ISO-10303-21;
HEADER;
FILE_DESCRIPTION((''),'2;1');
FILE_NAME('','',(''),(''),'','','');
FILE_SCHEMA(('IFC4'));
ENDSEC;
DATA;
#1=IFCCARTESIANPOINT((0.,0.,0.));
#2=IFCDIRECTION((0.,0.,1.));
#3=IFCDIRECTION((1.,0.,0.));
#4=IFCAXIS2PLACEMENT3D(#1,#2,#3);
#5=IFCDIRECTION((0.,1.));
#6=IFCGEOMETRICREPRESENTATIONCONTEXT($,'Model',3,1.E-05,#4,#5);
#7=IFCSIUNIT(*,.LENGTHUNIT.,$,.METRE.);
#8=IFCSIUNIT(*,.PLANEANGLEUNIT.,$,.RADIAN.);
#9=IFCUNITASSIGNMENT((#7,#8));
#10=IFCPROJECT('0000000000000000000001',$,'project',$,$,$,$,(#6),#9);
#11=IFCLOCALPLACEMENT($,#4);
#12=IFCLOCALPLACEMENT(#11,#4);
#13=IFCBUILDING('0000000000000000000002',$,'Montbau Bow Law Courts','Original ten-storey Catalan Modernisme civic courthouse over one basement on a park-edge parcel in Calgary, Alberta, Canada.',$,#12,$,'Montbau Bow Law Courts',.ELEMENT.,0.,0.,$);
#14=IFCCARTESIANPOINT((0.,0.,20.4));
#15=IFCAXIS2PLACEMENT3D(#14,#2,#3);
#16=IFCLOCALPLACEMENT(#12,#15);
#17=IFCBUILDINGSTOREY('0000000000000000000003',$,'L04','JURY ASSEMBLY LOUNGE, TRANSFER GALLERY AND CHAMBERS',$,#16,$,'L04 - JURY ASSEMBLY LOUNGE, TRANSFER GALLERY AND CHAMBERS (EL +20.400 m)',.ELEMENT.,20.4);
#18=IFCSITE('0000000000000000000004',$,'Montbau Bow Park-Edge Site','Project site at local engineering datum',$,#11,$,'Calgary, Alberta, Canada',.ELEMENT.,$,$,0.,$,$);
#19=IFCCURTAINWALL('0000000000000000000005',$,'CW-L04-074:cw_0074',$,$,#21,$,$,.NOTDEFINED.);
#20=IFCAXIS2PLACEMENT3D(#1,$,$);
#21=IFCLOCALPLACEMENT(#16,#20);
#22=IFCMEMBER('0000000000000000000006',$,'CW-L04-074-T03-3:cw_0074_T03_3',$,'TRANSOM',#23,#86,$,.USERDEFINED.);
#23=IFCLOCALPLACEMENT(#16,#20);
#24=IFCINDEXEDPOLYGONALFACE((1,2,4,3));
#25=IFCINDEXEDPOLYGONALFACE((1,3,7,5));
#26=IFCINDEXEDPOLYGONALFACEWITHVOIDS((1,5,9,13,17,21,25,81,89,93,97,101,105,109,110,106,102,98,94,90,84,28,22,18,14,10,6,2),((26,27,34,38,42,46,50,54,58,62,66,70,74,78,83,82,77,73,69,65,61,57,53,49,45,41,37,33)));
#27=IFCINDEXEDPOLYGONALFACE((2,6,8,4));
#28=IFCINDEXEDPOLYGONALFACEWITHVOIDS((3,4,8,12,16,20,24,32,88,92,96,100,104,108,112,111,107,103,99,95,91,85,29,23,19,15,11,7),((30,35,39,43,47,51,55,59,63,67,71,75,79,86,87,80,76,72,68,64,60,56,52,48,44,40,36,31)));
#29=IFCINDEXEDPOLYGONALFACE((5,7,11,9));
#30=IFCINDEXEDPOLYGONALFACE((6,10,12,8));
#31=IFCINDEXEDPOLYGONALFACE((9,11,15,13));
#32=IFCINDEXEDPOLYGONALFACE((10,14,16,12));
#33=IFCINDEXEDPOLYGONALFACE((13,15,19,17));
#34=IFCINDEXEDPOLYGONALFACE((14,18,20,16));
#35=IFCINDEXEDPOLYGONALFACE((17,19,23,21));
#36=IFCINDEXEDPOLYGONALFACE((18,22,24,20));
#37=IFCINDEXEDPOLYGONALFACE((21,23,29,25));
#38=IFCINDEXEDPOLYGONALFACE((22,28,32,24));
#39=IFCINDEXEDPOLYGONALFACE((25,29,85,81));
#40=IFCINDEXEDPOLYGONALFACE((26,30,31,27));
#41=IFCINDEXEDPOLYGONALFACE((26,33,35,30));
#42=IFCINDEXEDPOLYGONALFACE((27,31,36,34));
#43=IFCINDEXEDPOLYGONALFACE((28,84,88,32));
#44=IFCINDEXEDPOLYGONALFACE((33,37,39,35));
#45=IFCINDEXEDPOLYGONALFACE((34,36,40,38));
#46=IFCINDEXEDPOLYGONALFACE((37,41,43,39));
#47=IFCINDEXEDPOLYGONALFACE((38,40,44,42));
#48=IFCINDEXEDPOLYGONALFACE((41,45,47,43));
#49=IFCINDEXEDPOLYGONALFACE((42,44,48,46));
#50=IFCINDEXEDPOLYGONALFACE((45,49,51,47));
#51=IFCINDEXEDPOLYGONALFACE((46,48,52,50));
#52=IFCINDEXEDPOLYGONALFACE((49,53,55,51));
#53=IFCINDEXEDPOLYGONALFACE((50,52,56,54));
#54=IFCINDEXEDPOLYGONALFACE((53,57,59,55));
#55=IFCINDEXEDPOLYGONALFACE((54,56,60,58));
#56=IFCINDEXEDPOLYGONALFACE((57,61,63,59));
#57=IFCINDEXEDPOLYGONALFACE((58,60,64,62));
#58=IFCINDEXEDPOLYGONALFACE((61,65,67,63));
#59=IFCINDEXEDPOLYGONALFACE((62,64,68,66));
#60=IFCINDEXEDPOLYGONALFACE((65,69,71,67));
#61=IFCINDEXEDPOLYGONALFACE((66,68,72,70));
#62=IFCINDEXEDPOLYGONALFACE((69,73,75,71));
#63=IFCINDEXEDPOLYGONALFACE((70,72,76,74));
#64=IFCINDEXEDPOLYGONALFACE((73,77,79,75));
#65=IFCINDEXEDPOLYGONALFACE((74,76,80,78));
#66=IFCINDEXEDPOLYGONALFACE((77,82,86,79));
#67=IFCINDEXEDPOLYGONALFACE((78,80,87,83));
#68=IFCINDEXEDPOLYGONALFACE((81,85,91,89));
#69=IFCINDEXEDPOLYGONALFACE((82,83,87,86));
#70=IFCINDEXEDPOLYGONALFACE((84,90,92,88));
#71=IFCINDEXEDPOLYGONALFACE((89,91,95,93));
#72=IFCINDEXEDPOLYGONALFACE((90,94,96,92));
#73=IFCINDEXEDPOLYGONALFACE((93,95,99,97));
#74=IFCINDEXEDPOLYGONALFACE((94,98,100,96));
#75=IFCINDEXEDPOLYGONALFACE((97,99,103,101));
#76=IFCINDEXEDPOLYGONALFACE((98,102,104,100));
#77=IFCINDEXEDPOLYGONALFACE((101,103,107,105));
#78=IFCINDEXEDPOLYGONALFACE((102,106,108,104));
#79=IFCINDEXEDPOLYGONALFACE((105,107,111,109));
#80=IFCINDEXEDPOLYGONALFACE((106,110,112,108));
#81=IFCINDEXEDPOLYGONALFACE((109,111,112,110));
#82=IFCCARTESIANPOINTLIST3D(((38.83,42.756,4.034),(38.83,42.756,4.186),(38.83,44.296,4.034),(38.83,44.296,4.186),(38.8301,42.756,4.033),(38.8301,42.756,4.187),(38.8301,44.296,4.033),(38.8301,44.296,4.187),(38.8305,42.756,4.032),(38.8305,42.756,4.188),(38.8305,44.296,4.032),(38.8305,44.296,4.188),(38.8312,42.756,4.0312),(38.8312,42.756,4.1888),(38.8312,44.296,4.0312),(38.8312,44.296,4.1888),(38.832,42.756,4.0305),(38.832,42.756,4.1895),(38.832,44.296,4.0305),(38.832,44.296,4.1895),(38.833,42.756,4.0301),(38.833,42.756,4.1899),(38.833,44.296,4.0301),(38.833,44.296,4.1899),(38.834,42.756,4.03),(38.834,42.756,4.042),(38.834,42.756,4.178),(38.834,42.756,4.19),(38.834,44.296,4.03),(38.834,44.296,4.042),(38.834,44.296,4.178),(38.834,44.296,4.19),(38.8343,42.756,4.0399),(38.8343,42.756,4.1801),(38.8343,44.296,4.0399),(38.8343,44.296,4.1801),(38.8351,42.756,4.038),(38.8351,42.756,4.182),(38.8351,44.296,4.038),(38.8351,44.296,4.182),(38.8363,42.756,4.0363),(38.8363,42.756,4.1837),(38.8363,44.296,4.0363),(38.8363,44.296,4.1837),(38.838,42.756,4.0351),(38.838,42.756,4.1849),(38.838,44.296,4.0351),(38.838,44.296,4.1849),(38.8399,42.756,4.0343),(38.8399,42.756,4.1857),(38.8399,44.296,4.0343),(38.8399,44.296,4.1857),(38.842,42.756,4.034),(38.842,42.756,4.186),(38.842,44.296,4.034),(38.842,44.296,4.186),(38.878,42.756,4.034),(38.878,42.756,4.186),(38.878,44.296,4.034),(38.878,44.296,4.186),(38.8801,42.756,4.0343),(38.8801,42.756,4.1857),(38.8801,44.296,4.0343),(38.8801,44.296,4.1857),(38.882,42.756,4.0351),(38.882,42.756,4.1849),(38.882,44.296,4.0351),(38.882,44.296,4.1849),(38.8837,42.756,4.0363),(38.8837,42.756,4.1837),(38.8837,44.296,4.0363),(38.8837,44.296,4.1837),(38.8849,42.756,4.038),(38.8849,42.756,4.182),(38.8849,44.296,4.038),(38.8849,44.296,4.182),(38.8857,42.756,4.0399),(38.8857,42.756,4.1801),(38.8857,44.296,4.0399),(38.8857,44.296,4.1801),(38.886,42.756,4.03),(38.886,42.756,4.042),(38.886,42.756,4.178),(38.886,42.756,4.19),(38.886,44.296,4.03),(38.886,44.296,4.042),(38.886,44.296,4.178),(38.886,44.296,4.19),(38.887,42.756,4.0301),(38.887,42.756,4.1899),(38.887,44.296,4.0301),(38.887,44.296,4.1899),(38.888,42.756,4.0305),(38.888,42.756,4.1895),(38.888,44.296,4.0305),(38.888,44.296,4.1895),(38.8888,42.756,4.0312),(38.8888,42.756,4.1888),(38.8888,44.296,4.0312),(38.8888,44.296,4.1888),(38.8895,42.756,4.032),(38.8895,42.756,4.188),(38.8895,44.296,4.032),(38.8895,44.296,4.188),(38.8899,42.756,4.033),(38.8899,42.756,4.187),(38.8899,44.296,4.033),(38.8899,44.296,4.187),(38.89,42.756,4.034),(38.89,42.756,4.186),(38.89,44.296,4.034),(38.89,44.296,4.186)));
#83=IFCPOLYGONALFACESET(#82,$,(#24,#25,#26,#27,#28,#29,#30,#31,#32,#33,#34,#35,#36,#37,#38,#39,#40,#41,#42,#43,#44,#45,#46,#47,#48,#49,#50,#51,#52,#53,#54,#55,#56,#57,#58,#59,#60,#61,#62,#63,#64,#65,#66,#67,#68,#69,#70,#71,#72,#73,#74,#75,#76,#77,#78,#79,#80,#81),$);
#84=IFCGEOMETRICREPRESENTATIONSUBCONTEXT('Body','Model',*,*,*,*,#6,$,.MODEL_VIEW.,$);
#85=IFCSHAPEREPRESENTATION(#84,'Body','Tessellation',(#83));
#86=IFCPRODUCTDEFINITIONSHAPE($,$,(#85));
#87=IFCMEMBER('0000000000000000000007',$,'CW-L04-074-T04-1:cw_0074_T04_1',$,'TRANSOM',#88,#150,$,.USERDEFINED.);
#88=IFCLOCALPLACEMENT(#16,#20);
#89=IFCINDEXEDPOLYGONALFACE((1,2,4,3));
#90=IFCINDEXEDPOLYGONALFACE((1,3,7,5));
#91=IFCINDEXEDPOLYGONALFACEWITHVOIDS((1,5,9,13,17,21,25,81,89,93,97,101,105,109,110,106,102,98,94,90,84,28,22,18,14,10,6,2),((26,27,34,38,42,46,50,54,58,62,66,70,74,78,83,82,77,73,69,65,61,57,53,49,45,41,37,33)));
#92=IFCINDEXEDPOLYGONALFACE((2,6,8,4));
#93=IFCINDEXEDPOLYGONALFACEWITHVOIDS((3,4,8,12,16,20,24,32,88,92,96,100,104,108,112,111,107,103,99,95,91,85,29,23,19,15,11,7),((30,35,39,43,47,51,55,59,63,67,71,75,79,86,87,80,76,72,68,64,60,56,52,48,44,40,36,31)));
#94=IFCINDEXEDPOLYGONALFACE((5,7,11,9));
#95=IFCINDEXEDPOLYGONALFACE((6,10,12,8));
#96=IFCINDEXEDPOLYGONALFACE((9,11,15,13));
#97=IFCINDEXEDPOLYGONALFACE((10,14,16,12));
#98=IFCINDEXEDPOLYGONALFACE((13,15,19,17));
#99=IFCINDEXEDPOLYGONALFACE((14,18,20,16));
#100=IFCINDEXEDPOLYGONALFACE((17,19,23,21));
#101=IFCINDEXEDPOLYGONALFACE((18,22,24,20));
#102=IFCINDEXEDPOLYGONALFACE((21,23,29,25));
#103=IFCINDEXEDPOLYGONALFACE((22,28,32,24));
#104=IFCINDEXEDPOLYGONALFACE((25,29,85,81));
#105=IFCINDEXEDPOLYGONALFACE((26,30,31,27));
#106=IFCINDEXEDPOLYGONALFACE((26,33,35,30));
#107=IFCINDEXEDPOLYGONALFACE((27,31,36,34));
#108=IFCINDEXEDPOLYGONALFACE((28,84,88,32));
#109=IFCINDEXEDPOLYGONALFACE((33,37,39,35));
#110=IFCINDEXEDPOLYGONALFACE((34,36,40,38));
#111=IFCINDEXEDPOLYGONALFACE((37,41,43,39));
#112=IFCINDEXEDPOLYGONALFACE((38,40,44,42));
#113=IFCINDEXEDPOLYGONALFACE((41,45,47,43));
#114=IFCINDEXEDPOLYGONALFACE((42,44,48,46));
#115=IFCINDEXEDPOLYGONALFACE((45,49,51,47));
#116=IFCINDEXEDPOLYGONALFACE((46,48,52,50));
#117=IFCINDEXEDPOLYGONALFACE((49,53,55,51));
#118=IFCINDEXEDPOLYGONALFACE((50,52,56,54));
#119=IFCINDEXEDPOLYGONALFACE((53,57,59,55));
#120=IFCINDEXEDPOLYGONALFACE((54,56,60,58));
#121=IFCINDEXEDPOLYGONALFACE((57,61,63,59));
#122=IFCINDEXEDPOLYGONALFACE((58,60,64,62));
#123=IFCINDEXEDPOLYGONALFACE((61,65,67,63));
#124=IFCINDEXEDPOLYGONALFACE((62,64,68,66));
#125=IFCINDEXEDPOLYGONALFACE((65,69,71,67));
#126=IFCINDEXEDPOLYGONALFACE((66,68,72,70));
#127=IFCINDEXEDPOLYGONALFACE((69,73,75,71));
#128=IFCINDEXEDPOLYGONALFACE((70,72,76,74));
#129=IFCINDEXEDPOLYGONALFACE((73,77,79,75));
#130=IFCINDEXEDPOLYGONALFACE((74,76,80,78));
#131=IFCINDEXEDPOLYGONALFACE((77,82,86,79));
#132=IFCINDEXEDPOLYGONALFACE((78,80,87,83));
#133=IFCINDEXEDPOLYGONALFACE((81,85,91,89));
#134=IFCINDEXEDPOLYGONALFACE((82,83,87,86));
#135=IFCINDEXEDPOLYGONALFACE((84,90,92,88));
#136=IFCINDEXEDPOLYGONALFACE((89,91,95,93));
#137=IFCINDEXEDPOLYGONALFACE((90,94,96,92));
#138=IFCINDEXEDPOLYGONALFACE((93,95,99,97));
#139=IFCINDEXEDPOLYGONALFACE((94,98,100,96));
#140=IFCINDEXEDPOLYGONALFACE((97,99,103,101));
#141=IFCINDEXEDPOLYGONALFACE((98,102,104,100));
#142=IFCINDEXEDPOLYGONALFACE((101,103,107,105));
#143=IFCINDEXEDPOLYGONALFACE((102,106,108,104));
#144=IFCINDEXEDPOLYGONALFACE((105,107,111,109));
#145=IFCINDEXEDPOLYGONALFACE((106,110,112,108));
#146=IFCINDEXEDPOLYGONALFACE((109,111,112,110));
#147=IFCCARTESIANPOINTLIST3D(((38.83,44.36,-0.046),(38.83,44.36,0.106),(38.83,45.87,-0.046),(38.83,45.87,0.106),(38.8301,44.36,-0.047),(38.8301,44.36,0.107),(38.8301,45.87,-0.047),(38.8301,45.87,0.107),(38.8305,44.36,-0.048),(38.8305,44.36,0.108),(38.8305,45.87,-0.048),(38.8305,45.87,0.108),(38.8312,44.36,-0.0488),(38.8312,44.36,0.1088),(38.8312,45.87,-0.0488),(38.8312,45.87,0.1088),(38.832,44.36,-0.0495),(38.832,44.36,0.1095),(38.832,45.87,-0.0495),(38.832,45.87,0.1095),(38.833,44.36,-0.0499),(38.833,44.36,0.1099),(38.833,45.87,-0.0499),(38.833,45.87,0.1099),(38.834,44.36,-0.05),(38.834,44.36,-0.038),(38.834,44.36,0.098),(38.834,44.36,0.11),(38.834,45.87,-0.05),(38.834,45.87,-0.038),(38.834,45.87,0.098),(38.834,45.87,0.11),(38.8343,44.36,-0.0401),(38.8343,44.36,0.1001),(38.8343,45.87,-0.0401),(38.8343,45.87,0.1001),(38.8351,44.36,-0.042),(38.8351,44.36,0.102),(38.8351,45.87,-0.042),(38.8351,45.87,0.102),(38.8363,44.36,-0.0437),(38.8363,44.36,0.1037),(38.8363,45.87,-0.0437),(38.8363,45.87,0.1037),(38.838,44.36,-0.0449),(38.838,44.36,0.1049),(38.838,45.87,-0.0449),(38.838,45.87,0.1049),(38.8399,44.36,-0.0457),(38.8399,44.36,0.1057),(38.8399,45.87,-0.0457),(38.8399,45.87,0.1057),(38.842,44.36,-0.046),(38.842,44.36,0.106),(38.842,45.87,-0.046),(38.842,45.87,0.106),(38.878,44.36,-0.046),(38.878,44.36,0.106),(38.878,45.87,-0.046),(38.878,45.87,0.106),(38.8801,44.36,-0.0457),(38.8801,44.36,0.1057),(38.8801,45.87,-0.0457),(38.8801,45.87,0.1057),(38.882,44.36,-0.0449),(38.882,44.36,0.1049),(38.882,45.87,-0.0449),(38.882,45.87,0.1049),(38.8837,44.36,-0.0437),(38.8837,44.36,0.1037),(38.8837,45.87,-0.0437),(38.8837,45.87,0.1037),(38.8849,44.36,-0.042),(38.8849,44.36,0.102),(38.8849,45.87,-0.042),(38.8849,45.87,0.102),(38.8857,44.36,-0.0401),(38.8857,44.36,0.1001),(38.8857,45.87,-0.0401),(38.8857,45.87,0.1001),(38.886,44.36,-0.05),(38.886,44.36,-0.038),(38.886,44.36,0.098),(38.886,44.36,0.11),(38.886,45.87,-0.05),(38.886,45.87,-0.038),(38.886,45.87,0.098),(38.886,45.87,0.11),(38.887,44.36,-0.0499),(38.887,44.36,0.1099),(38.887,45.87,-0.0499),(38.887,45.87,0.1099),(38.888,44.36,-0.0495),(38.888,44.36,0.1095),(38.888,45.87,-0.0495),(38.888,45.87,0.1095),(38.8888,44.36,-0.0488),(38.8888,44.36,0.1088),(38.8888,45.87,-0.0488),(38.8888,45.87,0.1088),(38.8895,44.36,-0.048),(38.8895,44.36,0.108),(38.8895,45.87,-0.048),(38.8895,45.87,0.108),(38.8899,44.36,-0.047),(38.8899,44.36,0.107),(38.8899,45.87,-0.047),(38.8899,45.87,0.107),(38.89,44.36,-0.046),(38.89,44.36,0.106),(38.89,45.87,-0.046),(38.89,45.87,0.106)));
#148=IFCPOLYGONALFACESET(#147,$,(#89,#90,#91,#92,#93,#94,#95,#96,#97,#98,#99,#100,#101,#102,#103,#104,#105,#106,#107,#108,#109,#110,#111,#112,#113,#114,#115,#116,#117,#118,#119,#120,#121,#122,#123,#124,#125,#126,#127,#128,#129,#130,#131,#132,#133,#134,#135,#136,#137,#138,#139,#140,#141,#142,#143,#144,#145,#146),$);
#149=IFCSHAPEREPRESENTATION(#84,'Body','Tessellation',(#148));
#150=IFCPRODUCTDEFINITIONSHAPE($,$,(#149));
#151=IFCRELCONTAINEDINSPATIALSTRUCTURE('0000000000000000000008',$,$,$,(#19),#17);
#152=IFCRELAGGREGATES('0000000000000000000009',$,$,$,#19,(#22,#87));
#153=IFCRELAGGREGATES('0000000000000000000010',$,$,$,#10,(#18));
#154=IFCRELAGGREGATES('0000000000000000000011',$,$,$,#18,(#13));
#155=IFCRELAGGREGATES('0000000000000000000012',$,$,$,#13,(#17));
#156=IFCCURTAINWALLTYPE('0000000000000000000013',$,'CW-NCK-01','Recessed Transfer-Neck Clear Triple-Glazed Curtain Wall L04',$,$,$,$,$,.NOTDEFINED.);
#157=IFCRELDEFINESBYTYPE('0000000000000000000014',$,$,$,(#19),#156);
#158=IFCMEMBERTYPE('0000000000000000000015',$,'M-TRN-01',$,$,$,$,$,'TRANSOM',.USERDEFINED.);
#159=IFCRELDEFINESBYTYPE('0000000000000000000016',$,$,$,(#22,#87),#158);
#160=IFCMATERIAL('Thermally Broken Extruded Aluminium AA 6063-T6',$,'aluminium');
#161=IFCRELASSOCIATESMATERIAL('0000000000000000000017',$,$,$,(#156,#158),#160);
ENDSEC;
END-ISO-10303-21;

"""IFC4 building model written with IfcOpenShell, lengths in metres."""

from ifc_helpers import new_model, si_unit, direction, frame, origin_with_axes, origin_2d_with_axis, place, context, subcontext, project, spatial, hollow_rectangle, extrude, material, material_profile, profile_set, type_object, element, aggregate, save


model = new_model("IFC4")

# Units and contexts
model_context = context("Model", 3, precision=1e-05, world=origin_with_axes(), true_north=direction((0.0, 1.0)))
body_context = subcontext(model_context, "Body", "Model", "MODEL_VIEW")
ifc_project = project(units=[si_unit("LENGTHUNIT", "METRE"), si_unit("PLANEANGLEUNIT", "RADIAN")], contexts=[model_context])

# Site, building, storey
site_placement = place(None, origin_with_axes())
site = spatial("IfcSite", under=ifc_project, at=site_placement, Name="Montbau Bow Park-Edge Site", Description="Project site at local engineering datum", LongName="Calgary, Alberta, Canada", CompositionType="ELEMENT", RefElevation=0.0)
building_placement = place(site_placement, origin_with_axes())
building = spatial("IfcBuilding", under=site, at=building_placement, Name="Montbau Bow Law Courts", Description="Original ten-storey Catalan Modernisme civic courthouse over one basement on a park-edge parcel in Calgary, Alberta, Canada.", LongName="Montbau Bow Law Courts", CompositionType="ELEMENT", ElevationOfRefHeight=0.0, ElevationOfTerrain=0.0)
storey_placement = place(building_placement, frame((0.0, 0.0, 20.4), z_axis=(0.0, 0.0, 1.0), x_axis=(1.0, 0.0, 0.0)))
storey = spatial("IfcBuildingStorey", under=building, at=storey_placement, Name="L04", Description="JURY ASSEMBLY LOUNGE, TRANSFER GALLERY AND CHAMBERS", LongName="L04 - JURY ASSEMBLY LOUNGE, TRANSFER GALLERY AND CHAMBERS (EL +20.400 m)", CompositionType="ELEMENT", Elevation=20.4)

# Curtain wall, members
ifc_material_1 = material(Name="Thermally Broken Extruded Aluminium AA 6063-T6", Category="aluminium")
curtain_wall_type = type_object("IfcCurtainWallType", Name="CW-NCK-01", Description="Recessed Transfer-Neck Clear Triple-Glazed Curtain Wall L04", PredefinedType="NOTDEFINED", material=ifc_material_1)
curtain_wall_placement = place(None, frame((38.86, 39.515, 20.4), z_axis=(0.0, 0.0, 1.0), x_axis=(1.0, 0.0, 0.0)))
curtain_wall = element("IfcCurtainWall", 1, at=curtain_wall_placement, inside=storey, type_object=curtain_wall_type, Name="CW-L04-074:cw_0074", PredefinedType="NOTDEFINED")
ifc_material_profile_1 = material_profile(ifc_material_1, hollow_rectangle(XDim=0.06, YDim=0.16, WallThickness=0.004, InnerFilletRadius=0.008, OuterFilletRadius=0.004, at=origin_2d_with_axis()), Name="CWT-160X60", Category="Main", Priority=0)
ifc_profile_set_1 = profile_set([ifc_material_profile_1], Name="Thermally Broken Extruded Aluminium AA 6063-T6")
member_type_1 = type_object("IfcMemberType", Name="M-TRN-01", ElementType="TRANSOM", PredefinedType="USERDEFINED", material=ifc_profile_set_1)
member_1_placement = place(None, frame((38.86, 42.756, 24.51), z_axis=(0.0, 1.0, 0.0), x_axis=(-1.0, 0.0, 0.0)))
member_1 = element("IfcMember", 2, at=member_1_placement, type_object=member_type_1, Name="CW-L04-074-T03-3:cw_0074_T03_3", ObjectType="TRANSOM", PredefinedType="USERDEFINED", context=body_context, shape_type="SweptSolid", body=[
    extrude(hollow_rectangle(XDim=0.06, YDim=0.16, WallThickness=0.004, InnerFilletRadius=0.008, OuterFilletRadius=0.004, at=origin_2d_with_axis()), origin_with_axes(), (0.0, 0.0, 1.0), 1.54),
])
member_2_placement = place(None, frame((38.86, 44.36, 20.43), z_axis=(0.0, 1.0, 0.0), x_axis=(-1.0, 0.0, 0.0)))
member_2 = element("IfcMember", 3, at=member_2_placement, type_object=member_type_1, Name="CW-L04-074-T04-1:cw_0074_T04_1", ObjectType="TRANSOM", PredefinedType="USERDEFINED", context=body_context, shape_type="SweptSolid", body=[
    extrude(hollow_rectangle(XDim=0.06, YDim=0.16, WallThickness=0.004, InnerFilletRadius=0.008, OuterFilletRadius=0.004, at=origin_2d_with_axis()), origin_with_axes(), (0.0, 0.0, 1.0), 1.51),
])
aggregate(curtain_wall, [member_1, member_2])

save(model, "model.ifc")
